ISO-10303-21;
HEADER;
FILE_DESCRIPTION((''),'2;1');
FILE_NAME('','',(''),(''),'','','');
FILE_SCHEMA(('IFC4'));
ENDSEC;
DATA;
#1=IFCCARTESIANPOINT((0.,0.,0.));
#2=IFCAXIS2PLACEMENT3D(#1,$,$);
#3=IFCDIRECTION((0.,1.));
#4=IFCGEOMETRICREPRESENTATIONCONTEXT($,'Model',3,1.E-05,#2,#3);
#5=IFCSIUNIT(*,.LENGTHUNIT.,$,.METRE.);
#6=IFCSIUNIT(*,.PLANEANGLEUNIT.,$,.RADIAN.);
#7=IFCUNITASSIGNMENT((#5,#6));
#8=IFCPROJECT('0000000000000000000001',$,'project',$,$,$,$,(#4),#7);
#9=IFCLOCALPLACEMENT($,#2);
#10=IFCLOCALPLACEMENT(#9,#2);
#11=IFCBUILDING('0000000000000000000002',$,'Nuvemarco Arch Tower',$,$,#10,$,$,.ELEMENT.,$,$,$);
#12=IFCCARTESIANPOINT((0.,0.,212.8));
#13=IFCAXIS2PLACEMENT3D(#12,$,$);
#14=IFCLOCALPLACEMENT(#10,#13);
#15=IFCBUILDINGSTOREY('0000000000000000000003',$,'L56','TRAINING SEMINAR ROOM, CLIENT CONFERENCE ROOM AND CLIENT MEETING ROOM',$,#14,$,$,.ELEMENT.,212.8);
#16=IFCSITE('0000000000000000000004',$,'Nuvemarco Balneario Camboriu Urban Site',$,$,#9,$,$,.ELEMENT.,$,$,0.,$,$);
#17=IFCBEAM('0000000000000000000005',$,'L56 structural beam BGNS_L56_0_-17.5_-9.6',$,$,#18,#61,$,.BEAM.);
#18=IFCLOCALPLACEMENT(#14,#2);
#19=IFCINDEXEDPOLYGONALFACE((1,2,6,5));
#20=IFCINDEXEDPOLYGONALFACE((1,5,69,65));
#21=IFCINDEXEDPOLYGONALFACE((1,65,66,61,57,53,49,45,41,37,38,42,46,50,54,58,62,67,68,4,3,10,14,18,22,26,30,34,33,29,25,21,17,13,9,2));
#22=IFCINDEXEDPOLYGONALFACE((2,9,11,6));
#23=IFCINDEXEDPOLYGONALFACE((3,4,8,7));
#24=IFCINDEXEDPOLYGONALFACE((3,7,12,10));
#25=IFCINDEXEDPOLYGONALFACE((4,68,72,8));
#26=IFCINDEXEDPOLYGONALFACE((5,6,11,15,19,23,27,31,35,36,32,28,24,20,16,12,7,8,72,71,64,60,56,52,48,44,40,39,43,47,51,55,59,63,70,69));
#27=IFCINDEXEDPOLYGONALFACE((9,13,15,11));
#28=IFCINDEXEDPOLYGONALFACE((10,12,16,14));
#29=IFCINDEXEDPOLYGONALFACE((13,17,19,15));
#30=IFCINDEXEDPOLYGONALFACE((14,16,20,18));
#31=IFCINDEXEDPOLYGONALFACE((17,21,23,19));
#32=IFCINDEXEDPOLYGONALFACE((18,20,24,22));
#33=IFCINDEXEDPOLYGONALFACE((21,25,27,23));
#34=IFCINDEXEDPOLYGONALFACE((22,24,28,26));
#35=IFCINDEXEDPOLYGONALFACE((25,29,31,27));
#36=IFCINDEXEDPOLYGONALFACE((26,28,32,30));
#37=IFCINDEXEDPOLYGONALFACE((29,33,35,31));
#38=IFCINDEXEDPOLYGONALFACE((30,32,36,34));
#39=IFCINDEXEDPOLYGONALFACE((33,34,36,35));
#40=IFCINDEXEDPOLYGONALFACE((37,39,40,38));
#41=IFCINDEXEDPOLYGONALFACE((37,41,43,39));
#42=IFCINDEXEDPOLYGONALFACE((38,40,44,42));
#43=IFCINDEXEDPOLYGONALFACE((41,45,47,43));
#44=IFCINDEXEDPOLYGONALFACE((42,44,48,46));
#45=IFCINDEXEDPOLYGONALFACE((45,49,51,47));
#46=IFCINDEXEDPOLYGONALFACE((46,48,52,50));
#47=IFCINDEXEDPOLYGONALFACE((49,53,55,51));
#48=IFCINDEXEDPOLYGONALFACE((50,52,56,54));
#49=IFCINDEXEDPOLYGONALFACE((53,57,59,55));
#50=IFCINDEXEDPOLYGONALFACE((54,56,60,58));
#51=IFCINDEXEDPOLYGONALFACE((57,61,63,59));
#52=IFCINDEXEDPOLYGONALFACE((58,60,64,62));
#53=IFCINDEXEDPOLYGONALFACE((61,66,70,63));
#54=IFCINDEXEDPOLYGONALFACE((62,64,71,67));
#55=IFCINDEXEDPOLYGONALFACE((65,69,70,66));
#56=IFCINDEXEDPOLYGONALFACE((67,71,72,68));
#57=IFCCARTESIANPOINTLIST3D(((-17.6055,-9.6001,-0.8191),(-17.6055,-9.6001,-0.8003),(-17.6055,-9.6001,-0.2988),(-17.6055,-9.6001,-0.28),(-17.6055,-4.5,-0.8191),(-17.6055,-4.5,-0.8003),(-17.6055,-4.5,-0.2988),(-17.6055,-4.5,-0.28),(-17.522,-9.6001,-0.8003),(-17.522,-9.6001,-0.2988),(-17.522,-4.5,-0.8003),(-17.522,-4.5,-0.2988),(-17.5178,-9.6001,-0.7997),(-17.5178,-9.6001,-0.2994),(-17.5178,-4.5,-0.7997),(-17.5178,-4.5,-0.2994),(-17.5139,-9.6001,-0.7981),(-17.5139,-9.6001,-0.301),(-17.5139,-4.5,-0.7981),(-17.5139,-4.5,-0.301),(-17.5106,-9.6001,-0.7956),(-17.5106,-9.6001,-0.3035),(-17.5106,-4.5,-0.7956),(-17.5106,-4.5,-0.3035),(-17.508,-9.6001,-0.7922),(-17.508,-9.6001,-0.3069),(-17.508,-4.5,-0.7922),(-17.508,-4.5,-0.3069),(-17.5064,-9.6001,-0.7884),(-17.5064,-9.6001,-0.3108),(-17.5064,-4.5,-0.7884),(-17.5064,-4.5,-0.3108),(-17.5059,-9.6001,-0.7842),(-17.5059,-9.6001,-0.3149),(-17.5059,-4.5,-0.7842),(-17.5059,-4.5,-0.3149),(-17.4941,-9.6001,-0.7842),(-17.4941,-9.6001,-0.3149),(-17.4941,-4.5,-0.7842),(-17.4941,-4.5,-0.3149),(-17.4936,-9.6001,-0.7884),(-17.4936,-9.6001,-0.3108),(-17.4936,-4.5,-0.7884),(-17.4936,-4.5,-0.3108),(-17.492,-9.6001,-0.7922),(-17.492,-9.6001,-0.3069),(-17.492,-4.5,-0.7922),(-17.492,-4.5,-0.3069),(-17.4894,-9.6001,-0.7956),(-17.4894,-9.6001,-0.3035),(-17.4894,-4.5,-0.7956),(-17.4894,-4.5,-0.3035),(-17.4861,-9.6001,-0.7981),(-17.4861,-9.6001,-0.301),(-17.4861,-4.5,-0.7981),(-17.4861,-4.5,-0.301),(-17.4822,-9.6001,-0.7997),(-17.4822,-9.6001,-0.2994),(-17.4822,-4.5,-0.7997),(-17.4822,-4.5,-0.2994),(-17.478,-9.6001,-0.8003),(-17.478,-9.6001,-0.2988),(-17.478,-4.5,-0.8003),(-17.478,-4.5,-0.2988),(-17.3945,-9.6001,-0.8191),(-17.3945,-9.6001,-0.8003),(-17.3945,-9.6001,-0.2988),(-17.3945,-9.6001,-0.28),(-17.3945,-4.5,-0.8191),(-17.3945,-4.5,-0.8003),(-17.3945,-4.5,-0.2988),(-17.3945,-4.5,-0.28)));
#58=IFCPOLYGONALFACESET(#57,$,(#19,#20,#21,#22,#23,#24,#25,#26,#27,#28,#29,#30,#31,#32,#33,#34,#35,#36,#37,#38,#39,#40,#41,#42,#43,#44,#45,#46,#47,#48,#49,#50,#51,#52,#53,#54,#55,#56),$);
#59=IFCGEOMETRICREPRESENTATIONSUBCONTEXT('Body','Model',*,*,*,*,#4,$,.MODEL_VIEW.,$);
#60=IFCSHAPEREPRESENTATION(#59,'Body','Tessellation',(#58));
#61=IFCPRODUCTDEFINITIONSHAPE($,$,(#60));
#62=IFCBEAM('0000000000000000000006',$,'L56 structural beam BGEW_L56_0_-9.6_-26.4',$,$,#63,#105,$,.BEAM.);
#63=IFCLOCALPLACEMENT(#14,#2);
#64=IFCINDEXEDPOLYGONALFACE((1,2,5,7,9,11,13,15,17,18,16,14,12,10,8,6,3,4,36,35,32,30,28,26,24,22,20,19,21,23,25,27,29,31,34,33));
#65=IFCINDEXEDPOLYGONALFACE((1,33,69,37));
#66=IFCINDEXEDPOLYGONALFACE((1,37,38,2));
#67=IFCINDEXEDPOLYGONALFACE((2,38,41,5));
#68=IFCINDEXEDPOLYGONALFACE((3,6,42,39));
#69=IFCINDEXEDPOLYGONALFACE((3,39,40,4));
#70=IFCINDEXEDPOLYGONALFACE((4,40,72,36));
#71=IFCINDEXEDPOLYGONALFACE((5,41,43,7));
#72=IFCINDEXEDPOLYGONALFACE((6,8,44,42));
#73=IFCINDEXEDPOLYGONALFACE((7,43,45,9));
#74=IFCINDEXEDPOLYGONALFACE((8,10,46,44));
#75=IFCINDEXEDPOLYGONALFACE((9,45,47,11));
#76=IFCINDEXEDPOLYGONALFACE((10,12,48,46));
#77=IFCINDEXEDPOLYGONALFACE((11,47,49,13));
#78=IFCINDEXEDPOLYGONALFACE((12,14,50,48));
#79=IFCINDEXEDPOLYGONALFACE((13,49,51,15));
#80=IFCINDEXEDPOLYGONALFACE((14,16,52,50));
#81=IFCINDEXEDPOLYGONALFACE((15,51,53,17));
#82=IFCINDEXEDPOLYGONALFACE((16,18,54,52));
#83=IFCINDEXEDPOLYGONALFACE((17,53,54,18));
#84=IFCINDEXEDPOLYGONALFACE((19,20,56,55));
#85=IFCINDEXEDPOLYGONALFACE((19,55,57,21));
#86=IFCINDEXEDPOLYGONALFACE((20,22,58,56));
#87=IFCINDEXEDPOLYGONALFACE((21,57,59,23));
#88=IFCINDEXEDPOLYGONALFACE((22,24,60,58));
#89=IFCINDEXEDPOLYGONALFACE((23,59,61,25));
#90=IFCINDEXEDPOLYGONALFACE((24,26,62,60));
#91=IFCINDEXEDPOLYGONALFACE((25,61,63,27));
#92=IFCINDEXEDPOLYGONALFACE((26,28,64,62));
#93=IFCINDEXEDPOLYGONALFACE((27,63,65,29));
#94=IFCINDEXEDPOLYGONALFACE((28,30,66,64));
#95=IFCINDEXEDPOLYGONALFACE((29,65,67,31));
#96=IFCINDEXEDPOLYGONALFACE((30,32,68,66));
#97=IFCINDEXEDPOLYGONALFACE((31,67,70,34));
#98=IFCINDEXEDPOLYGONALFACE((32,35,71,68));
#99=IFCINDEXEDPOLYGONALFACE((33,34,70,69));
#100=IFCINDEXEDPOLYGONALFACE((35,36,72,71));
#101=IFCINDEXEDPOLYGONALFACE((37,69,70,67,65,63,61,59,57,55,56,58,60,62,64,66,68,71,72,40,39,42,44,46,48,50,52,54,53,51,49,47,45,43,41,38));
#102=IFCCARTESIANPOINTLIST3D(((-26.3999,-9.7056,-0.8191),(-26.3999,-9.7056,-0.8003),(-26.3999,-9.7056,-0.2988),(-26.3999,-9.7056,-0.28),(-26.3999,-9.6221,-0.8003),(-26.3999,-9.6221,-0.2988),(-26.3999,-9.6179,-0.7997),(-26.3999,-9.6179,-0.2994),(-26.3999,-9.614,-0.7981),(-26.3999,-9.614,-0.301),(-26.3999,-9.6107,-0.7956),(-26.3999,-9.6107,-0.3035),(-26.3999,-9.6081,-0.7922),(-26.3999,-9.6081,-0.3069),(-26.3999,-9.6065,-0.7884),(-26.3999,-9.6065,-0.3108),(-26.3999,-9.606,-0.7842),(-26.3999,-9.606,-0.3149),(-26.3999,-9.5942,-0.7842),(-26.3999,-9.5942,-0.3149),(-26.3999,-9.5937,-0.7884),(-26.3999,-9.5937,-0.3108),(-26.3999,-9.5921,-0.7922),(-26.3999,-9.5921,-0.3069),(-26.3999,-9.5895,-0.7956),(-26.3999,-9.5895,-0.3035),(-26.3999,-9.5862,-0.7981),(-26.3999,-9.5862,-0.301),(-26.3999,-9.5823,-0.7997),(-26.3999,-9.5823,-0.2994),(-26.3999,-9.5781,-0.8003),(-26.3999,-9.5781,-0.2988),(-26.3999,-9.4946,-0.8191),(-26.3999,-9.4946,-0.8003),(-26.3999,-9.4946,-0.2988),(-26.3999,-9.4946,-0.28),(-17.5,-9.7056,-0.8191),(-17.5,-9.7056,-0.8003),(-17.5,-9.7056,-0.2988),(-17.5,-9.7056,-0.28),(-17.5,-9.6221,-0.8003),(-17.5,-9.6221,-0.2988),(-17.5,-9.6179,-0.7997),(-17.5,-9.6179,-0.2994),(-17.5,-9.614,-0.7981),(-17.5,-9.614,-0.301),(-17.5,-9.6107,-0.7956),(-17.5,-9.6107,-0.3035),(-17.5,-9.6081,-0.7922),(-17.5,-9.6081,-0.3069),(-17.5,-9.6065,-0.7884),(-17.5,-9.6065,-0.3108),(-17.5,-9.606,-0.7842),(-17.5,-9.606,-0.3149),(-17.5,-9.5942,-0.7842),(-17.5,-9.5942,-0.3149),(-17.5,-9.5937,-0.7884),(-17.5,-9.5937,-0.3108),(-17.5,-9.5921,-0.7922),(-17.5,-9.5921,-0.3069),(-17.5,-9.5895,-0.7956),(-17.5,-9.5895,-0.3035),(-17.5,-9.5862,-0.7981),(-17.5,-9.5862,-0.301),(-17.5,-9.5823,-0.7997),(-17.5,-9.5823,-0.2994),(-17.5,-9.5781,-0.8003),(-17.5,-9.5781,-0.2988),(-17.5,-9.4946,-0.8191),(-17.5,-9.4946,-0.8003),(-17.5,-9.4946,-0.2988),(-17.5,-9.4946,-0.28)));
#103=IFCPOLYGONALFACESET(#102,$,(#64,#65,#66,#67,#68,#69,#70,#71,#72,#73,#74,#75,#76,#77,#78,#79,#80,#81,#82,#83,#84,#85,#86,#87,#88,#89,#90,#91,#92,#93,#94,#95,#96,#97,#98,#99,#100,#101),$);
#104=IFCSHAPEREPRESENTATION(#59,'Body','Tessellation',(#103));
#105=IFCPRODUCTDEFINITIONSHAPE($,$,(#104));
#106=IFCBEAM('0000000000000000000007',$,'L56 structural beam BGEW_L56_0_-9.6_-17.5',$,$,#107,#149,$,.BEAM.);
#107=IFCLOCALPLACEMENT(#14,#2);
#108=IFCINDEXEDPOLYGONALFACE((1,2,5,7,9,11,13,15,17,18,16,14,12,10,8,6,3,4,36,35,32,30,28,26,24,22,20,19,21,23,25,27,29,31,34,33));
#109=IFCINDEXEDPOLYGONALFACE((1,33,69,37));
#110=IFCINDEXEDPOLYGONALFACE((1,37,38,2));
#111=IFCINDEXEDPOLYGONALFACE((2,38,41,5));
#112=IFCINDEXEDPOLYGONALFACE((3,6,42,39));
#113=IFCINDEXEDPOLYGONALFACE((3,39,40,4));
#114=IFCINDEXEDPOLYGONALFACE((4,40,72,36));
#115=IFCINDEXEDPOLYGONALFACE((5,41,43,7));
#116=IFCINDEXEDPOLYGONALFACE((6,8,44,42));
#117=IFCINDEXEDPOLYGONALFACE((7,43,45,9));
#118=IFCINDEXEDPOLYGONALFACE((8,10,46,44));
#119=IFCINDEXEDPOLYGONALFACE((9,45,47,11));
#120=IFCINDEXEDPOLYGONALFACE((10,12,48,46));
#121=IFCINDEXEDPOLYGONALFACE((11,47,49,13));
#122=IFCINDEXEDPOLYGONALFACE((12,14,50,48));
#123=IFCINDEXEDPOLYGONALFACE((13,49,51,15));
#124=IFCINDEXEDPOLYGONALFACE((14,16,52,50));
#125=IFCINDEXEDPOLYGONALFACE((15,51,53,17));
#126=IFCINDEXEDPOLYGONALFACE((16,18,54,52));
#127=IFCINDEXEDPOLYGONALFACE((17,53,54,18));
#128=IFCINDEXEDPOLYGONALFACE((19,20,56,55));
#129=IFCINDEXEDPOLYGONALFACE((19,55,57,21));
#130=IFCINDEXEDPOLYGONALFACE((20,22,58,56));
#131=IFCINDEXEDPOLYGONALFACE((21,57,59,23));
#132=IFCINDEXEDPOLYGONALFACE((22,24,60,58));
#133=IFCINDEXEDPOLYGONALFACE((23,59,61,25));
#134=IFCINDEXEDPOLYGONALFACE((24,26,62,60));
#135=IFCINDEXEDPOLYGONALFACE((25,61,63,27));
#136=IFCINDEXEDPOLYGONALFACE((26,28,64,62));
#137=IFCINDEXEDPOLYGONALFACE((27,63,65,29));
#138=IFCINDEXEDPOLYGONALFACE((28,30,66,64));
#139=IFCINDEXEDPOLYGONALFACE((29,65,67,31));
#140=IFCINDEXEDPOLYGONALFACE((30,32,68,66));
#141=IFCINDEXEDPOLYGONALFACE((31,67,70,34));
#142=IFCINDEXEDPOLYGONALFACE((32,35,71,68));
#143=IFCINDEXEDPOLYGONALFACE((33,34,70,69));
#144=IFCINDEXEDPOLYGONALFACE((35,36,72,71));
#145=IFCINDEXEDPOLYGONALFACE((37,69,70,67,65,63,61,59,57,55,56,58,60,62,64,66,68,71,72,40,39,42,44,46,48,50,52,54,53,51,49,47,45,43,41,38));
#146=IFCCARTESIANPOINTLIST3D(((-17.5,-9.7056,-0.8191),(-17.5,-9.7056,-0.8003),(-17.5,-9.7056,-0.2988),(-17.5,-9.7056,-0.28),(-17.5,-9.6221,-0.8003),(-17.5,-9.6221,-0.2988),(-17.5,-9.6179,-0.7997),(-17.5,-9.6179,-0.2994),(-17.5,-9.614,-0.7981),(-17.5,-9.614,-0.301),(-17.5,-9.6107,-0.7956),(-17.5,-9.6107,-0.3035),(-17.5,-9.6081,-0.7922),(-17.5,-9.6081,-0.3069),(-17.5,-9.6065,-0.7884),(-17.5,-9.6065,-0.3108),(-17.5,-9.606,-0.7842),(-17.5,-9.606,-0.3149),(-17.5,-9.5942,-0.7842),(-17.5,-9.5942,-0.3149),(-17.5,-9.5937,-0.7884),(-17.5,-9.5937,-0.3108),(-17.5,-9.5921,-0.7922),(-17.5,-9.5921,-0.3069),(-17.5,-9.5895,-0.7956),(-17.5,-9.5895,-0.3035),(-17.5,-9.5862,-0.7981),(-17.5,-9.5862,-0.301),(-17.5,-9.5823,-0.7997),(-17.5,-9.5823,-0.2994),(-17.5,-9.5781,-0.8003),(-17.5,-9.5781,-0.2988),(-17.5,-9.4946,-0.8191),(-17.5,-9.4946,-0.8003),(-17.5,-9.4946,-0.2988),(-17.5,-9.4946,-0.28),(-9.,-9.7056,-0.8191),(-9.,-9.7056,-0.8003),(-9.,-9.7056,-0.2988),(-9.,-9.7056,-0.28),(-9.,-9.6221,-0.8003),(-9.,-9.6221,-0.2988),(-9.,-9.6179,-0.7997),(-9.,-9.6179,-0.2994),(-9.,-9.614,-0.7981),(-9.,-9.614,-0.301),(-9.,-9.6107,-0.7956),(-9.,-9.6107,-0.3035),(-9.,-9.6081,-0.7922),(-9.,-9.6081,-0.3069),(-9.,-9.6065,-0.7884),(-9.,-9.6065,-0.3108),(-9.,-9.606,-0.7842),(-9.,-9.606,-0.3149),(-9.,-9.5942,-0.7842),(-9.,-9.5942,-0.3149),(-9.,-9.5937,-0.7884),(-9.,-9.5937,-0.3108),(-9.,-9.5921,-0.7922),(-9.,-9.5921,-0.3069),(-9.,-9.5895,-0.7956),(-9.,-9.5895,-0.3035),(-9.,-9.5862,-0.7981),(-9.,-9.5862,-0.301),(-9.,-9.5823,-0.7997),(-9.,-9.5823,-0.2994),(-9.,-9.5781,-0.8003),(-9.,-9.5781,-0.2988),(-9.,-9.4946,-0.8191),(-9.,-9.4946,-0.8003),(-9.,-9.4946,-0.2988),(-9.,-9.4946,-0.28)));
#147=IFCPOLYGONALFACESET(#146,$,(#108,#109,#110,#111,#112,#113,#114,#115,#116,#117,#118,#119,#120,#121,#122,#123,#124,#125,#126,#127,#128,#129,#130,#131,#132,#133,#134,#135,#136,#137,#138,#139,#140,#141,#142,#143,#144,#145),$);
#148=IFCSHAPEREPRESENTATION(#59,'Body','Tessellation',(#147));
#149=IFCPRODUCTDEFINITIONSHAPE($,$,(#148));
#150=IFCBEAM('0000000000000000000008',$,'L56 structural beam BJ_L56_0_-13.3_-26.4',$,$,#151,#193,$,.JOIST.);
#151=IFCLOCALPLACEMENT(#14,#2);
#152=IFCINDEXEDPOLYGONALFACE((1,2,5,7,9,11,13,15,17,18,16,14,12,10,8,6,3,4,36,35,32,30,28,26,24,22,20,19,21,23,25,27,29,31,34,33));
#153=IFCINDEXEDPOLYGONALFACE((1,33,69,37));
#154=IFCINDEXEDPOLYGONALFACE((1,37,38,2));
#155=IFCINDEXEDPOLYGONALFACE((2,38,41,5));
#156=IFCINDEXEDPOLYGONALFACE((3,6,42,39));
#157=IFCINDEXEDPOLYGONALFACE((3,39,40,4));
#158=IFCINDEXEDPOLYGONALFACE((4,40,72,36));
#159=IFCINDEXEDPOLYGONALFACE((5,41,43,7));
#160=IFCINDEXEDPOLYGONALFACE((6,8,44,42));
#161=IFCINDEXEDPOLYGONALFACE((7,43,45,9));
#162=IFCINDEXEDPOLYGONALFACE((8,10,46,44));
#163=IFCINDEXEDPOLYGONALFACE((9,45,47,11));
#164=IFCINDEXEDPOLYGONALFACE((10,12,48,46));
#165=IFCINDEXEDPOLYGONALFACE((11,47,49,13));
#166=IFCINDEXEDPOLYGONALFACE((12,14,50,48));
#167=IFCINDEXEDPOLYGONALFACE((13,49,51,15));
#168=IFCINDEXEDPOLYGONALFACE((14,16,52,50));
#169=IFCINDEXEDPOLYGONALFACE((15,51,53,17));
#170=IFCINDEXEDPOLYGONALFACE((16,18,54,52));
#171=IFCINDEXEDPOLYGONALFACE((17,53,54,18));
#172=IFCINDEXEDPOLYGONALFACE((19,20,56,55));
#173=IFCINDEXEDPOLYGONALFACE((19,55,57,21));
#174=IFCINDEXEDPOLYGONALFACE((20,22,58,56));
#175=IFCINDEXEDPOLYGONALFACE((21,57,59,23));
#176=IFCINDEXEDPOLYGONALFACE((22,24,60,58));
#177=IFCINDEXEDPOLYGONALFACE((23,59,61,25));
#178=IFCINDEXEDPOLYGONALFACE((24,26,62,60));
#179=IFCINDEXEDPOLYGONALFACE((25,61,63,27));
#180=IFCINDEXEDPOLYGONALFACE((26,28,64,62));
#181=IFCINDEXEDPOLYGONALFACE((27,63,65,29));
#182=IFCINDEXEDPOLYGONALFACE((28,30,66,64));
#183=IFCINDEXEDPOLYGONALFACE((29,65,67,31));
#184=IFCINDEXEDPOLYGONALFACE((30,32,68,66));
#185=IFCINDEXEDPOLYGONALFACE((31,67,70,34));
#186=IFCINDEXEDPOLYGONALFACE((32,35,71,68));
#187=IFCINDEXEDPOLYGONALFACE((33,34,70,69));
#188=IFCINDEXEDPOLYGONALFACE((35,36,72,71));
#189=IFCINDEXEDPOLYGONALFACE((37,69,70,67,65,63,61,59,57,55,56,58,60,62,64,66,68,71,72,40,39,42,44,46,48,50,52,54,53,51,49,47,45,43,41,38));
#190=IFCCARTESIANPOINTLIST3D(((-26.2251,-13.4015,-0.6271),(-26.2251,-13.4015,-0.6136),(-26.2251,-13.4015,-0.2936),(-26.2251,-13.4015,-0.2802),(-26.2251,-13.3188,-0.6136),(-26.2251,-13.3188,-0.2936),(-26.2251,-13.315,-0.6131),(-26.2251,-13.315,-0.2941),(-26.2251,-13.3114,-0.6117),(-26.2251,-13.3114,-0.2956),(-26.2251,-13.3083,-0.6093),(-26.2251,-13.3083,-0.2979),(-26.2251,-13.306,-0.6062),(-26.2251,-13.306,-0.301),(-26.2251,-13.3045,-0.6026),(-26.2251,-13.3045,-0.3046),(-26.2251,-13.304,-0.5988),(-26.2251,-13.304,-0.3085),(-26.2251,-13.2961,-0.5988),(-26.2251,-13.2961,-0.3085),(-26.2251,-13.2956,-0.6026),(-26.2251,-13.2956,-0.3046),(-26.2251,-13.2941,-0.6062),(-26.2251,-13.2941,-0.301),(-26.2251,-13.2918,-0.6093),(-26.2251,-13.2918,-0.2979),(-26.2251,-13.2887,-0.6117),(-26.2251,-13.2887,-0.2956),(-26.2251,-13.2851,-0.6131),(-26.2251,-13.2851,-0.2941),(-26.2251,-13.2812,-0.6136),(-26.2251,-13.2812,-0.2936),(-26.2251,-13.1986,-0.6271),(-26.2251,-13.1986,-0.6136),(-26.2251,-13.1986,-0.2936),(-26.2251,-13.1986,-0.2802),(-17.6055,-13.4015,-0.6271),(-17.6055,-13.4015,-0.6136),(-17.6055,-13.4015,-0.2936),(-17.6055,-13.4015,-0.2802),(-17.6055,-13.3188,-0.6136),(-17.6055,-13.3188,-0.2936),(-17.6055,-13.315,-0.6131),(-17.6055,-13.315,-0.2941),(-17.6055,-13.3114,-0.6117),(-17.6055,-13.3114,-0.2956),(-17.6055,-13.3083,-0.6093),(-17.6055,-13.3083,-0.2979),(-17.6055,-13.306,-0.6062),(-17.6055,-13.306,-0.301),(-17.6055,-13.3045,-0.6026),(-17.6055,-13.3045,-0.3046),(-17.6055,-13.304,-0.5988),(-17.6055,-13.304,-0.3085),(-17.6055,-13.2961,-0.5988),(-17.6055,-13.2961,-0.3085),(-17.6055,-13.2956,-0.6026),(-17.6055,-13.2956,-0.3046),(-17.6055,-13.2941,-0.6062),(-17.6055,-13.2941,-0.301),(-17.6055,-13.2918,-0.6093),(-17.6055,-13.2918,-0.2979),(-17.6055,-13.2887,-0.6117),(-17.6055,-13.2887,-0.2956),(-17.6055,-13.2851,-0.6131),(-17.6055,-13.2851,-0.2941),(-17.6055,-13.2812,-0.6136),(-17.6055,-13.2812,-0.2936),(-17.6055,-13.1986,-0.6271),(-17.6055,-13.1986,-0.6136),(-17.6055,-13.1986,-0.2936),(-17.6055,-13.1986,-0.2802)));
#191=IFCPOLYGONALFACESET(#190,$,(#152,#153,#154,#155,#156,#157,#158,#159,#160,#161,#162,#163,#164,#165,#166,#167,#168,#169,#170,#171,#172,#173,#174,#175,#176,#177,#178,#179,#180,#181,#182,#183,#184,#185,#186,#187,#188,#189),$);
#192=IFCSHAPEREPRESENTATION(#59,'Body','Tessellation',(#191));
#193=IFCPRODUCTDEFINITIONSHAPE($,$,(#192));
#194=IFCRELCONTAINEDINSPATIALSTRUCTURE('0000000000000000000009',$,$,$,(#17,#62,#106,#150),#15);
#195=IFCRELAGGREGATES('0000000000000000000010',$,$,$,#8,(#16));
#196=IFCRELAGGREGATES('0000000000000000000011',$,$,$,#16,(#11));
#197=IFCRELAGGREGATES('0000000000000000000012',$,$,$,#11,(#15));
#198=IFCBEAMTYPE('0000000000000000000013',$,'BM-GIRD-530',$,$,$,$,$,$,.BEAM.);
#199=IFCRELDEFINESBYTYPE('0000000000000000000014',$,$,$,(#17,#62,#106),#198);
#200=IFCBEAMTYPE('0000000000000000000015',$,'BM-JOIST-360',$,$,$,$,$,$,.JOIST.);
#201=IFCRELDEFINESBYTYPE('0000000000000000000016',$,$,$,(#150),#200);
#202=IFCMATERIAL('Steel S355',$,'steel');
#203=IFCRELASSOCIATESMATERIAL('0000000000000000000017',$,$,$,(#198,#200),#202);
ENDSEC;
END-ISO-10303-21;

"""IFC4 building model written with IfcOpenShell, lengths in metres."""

from ifc_helpers import new_model, si_unit, direction, frame, origin, origin_2d, place, context, subcontext, project, spatial, i_section, extrude, material, material_profile, profile_set, type_object, element, save


model = new_model("IFC4")

# Units and contexts
model_context = context("Model", 3, precision=1e-05, world=origin(), true_north=direction((0.0, 1.0)))
body_context = subcontext(model_context, "Body", "Model", "MODEL_VIEW")
ifc_project = project(units=[si_unit("LENGTHUNIT", "METRE"), si_unit("PLANEANGLEUNIT", "RADIAN")], contexts=[model_context])

# Site, building, storey
site_placement = place(None, origin())
site = spatial("IfcSite", under=ifc_project, at=site_placement, Name="Nuvemarco Balneario Camboriu Urban Site", CompositionType="ELEMENT", RefElevation=0.0)
building_placement = place(site_placement, origin())
building = spatial("IfcBuilding", under=site, at=building_placement, Name="Nuvemarco Arch Tower", CompositionType="ELEMENT")
storey_placement = place(building_placement, frame((0.0, 0.0, 212.8)))
storey = spatial("IfcBuildingStorey", under=building, at=storey_placement, Name="L56", Description="TRAINING SEMINAR ROOM, CLIENT CONFERENCE ROOM AND CLIENT MEETING ROOM", CompositionType="ELEMENT", Elevation=212.8)

# Shared definitions
ifc_material_1 = material(Name="Steel S355", Category="steel")

# Beams
ifc_material_profile_1 = material_profile(ifc_material_1, i_section(OverallWidth=0.2109, OverallDepth=0.5391, WebThickness=0.0117, FlangeThickness=0.0188, FilletRadius=0.0161, at=origin_2d()), Name="W530x109")
ifc_profile_set_1 = profile_set([ifc_material_profile_1], Name="Steel S355")
beam_type_1 = type_object("IfcBeamType", Name="BM-GIRD-530", PredefinedType="BEAM", material=ifc_profile_set_1)
beam_1_placement = place(storey_placement, frame((-17.5, -9.6001, -0.5496), z_axis=(0.0, 1.0, 0.0), x_axis=(-1.0, 0.0, 0.0)))
element("IfcBeam", 1, at=beam_1_placement, inside=storey, type_object=beam_type_1, Name="L56 structural beam BGNS_L56_0_-17.5_-9.6", PredefinedType="BEAM", context=body_context, shape_type="SweptSolid", body=[
    extrude(i_section(OverallWidth=0.2109, OverallDepth=0.5391, WebThickness=0.0117, FlangeThickness=0.0188, FilletRadius=0.0161, at=origin_2d()), origin(), (0.0, 0.0, 1.0), 5.1001),
])
beam_2_placement = place(storey_placement, frame((-26.3999, -9.6001, -0.5496), z_axis=(1.0, 0.0, 0.0), x_axis=(0.0, 1.0, 0.0)))
element("IfcBeam", 2, at=beam_2_placement, inside=storey, type_object=beam_type_1, Name="L56 structural beam BGEW_L56_0_-9.6_-26.4", PredefinedType="BEAM", context=body_context, shape_type="SweptSolid", body=[
    extrude(i_section(OverallWidth=0.2109, OverallDepth=0.5391, WebThickness=0.0117, FlangeThickness=0.0188, FilletRadius=0.0161, at=origin_2d()), origin(), (0.0, 0.0, 1.0), 8.8999),
])
beam_3_placement = place(storey_placement, frame((-17.5, -9.6001, -0.5496), z_axis=(1.0, 0.0, 0.0), x_axis=(0.0, 1.0, 0.0)))
element("IfcBeam", 3, at=beam_3_placement, inside=storey, type_object=beam_type_1, Name="L56 structural beam BGEW_L56_0_-9.6_-17.5", PredefinedType="BEAM", context=body_context, shape_type="SweptSolid", body=[
    extrude(i_section(OverallWidth=0.2109, OverallDepth=0.5391, WebThickness=0.0117, FlangeThickness=0.0188, FilletRadius=0.0161, at=origin_2d()), origin(), (0.0, 0.0, 1.0), 8.5),
])
ifc_material_profile_2 = material_profile(ifc_material_1, i_section(OverallWidth=0.2029, OverallDepth=0.3469, WebThickness=0.0078, FlangeThickness=0.0134, FilletRadius=0.0149, at=origin_2d()), Name="W360x64")
ifc_profile_set_2 = profile_set([ifc_material_profile_2], Name="Steel S355")
beam_type_2 = type_object("IfcBeamType", Name="BM-JOIST-360", PredefinedType="JOIST", material=ifc_profile_set_2)
beam_4_placement = place(storey_placement, frame((-26.2251, -13.3, -0.4536), z_axis=(1.0, 0.0, 0.0), x_axis=(0.0, 1.0, 0.0)))
element("IfcBeam", 4, at=beam_4_placement, inside=storey, type_object=beam_type_2, Name="L56 structural beam BJ_L56_0_-13.3_-26.4", PredefinedType="JOIST", context=body_context, shape_type="SweptSolid", body=[
    extrude(i_section(OverallWidth=0.2029, OverallDepth=0.3469, WebThickness=0.0078, FlangeThickness=0.0134, FilletRadius=0.0149, at=origin_2d()), origin(), (0.0, 0.0, 1.0), 8.6196),
])

save(model, "model.ifc")
